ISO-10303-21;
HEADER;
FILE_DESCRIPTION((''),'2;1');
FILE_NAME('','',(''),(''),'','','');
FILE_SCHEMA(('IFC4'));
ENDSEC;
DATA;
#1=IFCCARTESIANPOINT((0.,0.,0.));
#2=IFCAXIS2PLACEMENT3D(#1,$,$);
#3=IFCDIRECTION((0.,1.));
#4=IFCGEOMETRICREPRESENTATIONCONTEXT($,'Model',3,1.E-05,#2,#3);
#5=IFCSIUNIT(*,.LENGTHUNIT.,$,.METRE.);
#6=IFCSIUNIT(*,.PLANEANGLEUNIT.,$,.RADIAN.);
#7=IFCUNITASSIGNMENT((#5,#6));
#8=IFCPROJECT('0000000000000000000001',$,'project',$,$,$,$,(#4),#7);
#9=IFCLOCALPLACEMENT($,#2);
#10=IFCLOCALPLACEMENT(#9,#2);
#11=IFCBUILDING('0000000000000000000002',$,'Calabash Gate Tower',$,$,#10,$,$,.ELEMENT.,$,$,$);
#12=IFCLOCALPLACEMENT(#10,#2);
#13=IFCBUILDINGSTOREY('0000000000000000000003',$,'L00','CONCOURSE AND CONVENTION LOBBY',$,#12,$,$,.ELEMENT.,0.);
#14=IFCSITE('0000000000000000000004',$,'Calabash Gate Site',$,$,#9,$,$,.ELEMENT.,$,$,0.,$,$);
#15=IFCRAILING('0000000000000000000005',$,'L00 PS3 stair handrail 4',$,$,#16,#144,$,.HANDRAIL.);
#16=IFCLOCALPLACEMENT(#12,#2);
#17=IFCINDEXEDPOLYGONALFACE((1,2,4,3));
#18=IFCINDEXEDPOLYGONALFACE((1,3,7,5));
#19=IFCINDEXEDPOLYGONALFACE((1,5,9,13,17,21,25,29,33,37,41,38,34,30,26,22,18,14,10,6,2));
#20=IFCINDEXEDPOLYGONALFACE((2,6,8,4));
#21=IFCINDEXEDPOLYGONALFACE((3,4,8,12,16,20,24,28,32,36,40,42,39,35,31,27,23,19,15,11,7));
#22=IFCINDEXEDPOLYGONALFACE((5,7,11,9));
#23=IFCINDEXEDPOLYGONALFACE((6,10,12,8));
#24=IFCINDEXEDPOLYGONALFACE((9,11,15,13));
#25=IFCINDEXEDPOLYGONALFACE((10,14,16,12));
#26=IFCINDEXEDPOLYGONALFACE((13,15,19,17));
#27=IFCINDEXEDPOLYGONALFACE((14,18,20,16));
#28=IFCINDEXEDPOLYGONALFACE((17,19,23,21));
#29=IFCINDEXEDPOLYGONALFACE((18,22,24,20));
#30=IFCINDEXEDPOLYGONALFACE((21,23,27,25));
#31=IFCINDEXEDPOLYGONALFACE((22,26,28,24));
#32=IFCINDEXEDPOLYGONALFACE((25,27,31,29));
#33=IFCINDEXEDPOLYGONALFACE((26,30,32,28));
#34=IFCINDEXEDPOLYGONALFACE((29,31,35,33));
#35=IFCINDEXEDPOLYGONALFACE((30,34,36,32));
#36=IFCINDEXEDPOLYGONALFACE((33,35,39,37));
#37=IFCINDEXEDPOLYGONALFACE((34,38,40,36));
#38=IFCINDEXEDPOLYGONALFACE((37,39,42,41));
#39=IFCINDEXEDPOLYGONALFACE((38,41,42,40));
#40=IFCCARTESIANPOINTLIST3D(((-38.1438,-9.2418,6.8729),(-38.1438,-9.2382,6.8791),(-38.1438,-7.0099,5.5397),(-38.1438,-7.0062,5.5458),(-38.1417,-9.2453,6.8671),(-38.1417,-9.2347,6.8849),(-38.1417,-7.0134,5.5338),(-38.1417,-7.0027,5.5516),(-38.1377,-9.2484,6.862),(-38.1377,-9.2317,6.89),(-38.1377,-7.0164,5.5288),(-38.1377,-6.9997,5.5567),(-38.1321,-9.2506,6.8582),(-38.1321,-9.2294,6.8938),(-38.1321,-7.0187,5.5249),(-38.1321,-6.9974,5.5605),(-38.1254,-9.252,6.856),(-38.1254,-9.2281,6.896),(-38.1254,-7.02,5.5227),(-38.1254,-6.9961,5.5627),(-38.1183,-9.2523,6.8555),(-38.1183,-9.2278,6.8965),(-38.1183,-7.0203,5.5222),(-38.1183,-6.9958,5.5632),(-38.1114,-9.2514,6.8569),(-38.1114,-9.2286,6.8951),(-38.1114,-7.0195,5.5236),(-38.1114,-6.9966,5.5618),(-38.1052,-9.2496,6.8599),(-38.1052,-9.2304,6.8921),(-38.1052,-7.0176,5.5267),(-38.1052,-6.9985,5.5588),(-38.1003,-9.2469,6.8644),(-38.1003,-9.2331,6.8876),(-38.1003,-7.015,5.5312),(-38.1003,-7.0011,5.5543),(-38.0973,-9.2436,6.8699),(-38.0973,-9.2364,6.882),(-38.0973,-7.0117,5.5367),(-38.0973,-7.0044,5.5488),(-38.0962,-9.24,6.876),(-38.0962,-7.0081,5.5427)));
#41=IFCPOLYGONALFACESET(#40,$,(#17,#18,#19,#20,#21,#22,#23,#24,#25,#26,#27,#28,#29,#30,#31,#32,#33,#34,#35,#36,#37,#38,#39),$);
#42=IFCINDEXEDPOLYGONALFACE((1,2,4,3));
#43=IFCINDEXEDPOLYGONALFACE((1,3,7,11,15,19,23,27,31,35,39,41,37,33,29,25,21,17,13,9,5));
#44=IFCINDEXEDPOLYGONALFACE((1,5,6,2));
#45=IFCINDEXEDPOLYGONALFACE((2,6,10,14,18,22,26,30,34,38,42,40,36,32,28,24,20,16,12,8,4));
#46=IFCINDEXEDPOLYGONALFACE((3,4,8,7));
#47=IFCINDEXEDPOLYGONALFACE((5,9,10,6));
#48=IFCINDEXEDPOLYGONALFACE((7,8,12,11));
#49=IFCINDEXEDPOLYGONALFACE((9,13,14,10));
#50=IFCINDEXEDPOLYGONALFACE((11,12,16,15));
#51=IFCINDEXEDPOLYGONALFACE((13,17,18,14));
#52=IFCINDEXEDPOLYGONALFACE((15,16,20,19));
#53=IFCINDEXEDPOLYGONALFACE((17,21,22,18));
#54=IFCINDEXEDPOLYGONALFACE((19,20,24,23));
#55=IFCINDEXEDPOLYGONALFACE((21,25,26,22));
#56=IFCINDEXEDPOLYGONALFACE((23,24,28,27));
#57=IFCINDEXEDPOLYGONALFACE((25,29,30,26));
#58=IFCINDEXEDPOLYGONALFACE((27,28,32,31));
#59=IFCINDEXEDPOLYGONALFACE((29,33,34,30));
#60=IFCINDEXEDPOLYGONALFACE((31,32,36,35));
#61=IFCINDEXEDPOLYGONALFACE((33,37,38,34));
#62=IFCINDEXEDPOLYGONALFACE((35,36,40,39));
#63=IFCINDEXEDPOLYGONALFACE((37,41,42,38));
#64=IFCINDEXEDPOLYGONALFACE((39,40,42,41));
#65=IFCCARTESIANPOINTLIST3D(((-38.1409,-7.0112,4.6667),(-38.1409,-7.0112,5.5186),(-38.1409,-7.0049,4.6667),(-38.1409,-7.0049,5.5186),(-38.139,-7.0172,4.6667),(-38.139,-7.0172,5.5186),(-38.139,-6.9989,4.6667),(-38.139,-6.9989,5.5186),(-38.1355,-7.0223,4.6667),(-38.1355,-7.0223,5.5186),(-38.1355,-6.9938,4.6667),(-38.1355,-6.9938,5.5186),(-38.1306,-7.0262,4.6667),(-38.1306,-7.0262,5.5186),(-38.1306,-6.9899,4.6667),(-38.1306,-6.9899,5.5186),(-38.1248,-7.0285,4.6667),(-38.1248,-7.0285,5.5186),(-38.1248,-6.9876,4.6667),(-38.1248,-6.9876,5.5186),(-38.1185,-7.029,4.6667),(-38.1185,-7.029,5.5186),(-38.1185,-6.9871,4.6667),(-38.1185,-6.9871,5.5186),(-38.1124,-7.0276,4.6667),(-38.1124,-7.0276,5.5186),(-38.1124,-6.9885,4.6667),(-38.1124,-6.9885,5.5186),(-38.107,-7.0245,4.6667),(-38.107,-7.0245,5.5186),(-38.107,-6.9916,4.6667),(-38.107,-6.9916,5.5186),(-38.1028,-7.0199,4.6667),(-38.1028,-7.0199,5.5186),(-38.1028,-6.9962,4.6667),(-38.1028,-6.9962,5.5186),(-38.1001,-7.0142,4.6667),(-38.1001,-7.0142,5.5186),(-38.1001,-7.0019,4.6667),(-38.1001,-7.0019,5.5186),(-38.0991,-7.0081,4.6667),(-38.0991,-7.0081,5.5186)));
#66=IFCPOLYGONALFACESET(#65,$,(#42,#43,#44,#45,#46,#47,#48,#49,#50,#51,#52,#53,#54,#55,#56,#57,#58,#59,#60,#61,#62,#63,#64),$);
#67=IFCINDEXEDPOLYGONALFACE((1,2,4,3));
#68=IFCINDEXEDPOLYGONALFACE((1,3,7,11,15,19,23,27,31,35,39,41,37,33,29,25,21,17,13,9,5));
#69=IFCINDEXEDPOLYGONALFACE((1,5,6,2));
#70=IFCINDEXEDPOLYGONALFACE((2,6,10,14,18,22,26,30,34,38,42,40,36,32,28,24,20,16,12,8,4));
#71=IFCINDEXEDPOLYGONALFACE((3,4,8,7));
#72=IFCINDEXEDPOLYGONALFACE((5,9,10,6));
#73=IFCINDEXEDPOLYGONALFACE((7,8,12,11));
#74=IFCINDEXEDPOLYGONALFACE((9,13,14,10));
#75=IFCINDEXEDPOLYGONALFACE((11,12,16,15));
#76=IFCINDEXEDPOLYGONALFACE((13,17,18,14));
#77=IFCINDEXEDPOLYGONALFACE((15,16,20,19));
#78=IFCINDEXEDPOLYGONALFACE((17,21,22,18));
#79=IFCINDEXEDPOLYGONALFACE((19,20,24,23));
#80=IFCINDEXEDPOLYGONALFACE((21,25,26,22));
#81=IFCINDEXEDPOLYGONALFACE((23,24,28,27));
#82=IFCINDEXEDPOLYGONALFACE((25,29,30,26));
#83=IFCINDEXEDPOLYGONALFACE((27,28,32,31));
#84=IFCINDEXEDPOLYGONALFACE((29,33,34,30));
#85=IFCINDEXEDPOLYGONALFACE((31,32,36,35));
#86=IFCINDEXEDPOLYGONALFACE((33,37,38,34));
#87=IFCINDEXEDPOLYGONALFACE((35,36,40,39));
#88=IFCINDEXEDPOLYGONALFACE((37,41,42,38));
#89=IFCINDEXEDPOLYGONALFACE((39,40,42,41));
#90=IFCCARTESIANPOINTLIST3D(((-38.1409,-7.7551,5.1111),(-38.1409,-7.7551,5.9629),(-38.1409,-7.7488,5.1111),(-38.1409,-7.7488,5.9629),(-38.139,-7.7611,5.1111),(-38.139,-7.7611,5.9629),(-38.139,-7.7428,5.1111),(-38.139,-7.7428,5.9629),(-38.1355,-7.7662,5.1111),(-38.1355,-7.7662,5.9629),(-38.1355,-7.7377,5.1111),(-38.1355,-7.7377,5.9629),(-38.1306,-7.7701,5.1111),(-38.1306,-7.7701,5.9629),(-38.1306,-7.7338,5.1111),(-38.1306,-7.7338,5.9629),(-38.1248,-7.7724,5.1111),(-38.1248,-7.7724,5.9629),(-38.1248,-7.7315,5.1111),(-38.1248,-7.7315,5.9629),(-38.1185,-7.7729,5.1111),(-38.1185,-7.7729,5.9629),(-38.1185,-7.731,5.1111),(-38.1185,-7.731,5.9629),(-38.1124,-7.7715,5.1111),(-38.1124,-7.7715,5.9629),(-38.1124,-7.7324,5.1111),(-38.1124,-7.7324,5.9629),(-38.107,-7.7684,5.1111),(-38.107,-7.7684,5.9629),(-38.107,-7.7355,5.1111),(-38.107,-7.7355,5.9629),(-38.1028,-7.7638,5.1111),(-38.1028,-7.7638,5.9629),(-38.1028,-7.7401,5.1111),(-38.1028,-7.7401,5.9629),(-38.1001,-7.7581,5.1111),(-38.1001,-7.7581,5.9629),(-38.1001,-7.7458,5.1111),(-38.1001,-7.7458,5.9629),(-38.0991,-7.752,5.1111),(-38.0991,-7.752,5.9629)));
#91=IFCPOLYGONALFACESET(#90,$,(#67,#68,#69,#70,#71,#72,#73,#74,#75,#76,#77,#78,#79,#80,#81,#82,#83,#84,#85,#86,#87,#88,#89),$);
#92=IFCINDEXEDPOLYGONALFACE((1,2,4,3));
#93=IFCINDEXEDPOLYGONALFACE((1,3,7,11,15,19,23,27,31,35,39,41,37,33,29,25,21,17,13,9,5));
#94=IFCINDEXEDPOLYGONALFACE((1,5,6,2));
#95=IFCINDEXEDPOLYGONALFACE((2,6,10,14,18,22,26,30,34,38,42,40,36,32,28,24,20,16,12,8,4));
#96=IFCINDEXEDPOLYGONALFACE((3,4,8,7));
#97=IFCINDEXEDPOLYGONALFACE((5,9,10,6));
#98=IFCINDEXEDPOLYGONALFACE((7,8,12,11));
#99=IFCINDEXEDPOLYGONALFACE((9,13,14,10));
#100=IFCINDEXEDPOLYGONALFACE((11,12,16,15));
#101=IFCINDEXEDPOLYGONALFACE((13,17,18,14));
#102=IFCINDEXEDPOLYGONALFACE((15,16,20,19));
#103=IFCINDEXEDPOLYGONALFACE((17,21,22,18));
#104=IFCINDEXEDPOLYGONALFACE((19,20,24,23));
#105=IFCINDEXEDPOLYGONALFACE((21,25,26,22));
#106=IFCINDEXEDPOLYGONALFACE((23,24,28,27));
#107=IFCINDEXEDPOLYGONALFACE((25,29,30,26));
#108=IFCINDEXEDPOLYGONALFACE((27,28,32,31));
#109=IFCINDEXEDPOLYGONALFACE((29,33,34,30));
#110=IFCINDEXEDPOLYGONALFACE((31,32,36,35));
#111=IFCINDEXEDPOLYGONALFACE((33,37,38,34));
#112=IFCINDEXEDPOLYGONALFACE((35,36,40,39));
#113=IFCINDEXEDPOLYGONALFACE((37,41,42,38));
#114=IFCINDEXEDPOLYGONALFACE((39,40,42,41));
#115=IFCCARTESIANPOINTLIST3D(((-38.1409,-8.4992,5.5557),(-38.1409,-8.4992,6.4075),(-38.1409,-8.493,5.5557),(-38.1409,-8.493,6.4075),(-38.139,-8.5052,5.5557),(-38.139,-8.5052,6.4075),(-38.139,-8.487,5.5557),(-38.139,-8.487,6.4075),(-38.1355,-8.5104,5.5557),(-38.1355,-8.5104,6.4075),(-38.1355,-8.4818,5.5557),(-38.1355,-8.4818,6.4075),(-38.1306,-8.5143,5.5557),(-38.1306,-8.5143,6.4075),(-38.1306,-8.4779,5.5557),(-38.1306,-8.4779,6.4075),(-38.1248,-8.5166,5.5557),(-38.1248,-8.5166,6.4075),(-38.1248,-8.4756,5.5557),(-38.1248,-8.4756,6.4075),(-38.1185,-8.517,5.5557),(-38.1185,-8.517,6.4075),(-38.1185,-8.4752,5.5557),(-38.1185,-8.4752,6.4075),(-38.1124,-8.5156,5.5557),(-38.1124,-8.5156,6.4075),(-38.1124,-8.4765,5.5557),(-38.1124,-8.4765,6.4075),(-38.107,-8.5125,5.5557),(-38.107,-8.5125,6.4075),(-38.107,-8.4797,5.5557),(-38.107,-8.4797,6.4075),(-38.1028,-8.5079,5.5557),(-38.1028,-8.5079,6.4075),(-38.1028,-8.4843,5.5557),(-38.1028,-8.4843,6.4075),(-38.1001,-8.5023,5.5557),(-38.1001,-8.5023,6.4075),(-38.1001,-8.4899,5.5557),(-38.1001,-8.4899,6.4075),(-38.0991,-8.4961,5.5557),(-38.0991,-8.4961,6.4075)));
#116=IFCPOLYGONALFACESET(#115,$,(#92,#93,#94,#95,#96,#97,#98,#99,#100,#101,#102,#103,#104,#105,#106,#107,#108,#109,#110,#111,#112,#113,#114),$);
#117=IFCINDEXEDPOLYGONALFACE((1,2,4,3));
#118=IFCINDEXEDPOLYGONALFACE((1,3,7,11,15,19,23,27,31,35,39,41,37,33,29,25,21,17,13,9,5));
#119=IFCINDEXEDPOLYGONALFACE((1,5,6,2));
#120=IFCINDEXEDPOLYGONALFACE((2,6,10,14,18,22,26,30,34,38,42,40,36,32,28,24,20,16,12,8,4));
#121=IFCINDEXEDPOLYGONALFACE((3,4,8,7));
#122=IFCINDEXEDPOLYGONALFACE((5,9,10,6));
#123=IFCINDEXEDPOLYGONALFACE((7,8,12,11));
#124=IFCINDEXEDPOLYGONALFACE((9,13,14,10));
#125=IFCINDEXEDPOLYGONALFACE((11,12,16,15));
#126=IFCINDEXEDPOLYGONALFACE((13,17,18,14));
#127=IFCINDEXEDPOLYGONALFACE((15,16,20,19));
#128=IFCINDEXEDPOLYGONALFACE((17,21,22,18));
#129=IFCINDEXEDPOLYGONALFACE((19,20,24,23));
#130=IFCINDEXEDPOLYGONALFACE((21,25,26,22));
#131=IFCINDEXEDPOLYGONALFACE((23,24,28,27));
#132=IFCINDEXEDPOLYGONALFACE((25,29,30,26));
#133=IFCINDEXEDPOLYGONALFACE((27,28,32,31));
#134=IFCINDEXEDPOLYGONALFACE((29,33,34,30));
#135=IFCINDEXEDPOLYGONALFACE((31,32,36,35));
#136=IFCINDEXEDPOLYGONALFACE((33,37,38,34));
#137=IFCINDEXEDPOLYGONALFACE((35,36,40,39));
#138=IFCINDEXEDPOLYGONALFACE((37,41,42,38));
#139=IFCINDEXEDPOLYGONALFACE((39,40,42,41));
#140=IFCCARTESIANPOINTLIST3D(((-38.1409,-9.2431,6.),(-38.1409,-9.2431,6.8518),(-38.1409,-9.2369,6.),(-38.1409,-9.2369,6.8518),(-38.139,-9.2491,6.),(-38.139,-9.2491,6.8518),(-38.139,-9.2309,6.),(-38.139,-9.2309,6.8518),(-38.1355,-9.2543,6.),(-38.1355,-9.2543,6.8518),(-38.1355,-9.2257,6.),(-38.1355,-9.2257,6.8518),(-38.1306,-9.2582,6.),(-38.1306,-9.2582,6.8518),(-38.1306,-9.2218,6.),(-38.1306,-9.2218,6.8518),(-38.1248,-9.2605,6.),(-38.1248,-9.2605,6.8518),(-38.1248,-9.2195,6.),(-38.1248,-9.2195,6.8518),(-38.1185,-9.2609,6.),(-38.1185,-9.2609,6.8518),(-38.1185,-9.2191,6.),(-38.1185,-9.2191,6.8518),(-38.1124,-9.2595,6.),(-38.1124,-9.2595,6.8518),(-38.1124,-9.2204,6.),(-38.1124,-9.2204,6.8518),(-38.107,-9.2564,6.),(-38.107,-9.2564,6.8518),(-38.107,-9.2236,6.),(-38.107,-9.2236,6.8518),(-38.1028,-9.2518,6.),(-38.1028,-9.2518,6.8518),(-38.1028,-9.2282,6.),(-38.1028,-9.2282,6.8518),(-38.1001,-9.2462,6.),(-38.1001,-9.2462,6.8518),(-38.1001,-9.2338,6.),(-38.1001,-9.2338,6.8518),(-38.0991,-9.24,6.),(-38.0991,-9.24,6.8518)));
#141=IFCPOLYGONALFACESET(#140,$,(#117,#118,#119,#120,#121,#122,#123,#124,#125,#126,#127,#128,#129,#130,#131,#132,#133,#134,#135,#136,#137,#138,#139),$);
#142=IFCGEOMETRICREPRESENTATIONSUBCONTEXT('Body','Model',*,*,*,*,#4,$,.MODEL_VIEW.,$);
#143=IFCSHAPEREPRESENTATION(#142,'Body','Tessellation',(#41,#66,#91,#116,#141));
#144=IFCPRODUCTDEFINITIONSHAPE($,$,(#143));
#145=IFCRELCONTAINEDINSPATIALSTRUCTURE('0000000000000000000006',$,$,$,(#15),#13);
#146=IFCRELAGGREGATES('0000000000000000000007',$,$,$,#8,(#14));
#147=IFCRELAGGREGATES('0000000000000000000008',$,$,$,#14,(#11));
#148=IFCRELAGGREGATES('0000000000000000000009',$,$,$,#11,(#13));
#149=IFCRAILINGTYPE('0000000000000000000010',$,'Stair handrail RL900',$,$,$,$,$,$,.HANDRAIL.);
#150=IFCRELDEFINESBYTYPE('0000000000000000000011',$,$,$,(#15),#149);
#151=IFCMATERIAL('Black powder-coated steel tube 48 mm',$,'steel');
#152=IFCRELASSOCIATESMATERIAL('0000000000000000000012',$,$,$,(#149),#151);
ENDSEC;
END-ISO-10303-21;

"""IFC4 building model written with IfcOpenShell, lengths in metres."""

from ifc_helpers import new_model, si_unit, direction, frame, origin, origin_2d, place, context, subcontext, project, spatial, circle, extrude, material, type_object, element, save


model = new_model("IFC4")

# Units and contexts
model_context = context("Model", 3, precision=1e-05, world=origin(), true_north=direction((0.0, 1.0)))
body_context = subcontext(model_context, "Body", "Model", "MODEL_VIEW")
ifc_project = project(units=[si_unit("LENGTHUNIT", "METRE"), si_unit("PLANEANGLEUNIT", "RADIAN")], contexts=[model_context])

# Site, building, storey
site_placement = place(None, origin())
site = spatial("IfcSite", under=ifc_project, at=site_placement, Name="Calabash Gate Site", CompositionType="ELEMENT", RefElevation=0.0)
building_placement = place(site_placement, origin())
building = spatial("IfcBuilding", under=site, at=building_placement, Name="Calabash Gate Tower", CompositionType="ELEMENT")
storey_placement = place(building_placement, origin())
storey = spatial("IfcBuildingStorey", under=building, at=storey_placement, Name="L00", Description="CONCOURSE AND CONVENTION LOBBY", CompositionType="ELEMENT", Elevation=0.0)

# Railing
ifc_material_1 = material(Name="Black powder-coated steel tube 48 mm", Category="steel")
railing_type_1 = type_object("IfcRailingType", Name="Stair handrail RL900", PredefinedType="HANDRAIL", material=ifc_material_1)
for number, where, name in (
    (1, (-38.1201, -7.0081, 4.6667), "L00 PS3 stair handrail 4"),
):
    element("IfcRailing", number, at=place(storey_placement, frame(where)), inside=storey, type_object=railing_type_1, Name=name, PredefinedType="HANDRAIL", context=body_context, shape_type="SweptSolid", body=[
        extrude(circle(Radius=0.0239, at=origin_2d()), frame((0.0, 0.0, 0.876), z_axis=(0.0, -0.858494, 0.512824), x_axis=(1.0, 0.0, 0.0)), (0.0, 0.0, 1.0), 2.5999),
        extrude(circle(Radius=0.021, at=origin_2d()), origin(), (0.0, 0.0, 1.0), 0.8518),
        extrude(circle(Radius=0.021, at=origin_2d()), frame((0.0, -0.7439, 0.4443)), (0.0, 0.0, 1.0), 0.8518),
        extrude(circle(Radius=0.021, at=origin_2d()), frame((0.0, -1.488, 0.8889)), (0.0, 0.0, 1.0), 0.8518),
        extrude(circle(Radius=0.021, at=origin_2d()), frame((0.0, -2.2319, 1.3333)), (0.0, 0.0, 1.0), 0.8518),
    ])

save(model, "model.ifc")
